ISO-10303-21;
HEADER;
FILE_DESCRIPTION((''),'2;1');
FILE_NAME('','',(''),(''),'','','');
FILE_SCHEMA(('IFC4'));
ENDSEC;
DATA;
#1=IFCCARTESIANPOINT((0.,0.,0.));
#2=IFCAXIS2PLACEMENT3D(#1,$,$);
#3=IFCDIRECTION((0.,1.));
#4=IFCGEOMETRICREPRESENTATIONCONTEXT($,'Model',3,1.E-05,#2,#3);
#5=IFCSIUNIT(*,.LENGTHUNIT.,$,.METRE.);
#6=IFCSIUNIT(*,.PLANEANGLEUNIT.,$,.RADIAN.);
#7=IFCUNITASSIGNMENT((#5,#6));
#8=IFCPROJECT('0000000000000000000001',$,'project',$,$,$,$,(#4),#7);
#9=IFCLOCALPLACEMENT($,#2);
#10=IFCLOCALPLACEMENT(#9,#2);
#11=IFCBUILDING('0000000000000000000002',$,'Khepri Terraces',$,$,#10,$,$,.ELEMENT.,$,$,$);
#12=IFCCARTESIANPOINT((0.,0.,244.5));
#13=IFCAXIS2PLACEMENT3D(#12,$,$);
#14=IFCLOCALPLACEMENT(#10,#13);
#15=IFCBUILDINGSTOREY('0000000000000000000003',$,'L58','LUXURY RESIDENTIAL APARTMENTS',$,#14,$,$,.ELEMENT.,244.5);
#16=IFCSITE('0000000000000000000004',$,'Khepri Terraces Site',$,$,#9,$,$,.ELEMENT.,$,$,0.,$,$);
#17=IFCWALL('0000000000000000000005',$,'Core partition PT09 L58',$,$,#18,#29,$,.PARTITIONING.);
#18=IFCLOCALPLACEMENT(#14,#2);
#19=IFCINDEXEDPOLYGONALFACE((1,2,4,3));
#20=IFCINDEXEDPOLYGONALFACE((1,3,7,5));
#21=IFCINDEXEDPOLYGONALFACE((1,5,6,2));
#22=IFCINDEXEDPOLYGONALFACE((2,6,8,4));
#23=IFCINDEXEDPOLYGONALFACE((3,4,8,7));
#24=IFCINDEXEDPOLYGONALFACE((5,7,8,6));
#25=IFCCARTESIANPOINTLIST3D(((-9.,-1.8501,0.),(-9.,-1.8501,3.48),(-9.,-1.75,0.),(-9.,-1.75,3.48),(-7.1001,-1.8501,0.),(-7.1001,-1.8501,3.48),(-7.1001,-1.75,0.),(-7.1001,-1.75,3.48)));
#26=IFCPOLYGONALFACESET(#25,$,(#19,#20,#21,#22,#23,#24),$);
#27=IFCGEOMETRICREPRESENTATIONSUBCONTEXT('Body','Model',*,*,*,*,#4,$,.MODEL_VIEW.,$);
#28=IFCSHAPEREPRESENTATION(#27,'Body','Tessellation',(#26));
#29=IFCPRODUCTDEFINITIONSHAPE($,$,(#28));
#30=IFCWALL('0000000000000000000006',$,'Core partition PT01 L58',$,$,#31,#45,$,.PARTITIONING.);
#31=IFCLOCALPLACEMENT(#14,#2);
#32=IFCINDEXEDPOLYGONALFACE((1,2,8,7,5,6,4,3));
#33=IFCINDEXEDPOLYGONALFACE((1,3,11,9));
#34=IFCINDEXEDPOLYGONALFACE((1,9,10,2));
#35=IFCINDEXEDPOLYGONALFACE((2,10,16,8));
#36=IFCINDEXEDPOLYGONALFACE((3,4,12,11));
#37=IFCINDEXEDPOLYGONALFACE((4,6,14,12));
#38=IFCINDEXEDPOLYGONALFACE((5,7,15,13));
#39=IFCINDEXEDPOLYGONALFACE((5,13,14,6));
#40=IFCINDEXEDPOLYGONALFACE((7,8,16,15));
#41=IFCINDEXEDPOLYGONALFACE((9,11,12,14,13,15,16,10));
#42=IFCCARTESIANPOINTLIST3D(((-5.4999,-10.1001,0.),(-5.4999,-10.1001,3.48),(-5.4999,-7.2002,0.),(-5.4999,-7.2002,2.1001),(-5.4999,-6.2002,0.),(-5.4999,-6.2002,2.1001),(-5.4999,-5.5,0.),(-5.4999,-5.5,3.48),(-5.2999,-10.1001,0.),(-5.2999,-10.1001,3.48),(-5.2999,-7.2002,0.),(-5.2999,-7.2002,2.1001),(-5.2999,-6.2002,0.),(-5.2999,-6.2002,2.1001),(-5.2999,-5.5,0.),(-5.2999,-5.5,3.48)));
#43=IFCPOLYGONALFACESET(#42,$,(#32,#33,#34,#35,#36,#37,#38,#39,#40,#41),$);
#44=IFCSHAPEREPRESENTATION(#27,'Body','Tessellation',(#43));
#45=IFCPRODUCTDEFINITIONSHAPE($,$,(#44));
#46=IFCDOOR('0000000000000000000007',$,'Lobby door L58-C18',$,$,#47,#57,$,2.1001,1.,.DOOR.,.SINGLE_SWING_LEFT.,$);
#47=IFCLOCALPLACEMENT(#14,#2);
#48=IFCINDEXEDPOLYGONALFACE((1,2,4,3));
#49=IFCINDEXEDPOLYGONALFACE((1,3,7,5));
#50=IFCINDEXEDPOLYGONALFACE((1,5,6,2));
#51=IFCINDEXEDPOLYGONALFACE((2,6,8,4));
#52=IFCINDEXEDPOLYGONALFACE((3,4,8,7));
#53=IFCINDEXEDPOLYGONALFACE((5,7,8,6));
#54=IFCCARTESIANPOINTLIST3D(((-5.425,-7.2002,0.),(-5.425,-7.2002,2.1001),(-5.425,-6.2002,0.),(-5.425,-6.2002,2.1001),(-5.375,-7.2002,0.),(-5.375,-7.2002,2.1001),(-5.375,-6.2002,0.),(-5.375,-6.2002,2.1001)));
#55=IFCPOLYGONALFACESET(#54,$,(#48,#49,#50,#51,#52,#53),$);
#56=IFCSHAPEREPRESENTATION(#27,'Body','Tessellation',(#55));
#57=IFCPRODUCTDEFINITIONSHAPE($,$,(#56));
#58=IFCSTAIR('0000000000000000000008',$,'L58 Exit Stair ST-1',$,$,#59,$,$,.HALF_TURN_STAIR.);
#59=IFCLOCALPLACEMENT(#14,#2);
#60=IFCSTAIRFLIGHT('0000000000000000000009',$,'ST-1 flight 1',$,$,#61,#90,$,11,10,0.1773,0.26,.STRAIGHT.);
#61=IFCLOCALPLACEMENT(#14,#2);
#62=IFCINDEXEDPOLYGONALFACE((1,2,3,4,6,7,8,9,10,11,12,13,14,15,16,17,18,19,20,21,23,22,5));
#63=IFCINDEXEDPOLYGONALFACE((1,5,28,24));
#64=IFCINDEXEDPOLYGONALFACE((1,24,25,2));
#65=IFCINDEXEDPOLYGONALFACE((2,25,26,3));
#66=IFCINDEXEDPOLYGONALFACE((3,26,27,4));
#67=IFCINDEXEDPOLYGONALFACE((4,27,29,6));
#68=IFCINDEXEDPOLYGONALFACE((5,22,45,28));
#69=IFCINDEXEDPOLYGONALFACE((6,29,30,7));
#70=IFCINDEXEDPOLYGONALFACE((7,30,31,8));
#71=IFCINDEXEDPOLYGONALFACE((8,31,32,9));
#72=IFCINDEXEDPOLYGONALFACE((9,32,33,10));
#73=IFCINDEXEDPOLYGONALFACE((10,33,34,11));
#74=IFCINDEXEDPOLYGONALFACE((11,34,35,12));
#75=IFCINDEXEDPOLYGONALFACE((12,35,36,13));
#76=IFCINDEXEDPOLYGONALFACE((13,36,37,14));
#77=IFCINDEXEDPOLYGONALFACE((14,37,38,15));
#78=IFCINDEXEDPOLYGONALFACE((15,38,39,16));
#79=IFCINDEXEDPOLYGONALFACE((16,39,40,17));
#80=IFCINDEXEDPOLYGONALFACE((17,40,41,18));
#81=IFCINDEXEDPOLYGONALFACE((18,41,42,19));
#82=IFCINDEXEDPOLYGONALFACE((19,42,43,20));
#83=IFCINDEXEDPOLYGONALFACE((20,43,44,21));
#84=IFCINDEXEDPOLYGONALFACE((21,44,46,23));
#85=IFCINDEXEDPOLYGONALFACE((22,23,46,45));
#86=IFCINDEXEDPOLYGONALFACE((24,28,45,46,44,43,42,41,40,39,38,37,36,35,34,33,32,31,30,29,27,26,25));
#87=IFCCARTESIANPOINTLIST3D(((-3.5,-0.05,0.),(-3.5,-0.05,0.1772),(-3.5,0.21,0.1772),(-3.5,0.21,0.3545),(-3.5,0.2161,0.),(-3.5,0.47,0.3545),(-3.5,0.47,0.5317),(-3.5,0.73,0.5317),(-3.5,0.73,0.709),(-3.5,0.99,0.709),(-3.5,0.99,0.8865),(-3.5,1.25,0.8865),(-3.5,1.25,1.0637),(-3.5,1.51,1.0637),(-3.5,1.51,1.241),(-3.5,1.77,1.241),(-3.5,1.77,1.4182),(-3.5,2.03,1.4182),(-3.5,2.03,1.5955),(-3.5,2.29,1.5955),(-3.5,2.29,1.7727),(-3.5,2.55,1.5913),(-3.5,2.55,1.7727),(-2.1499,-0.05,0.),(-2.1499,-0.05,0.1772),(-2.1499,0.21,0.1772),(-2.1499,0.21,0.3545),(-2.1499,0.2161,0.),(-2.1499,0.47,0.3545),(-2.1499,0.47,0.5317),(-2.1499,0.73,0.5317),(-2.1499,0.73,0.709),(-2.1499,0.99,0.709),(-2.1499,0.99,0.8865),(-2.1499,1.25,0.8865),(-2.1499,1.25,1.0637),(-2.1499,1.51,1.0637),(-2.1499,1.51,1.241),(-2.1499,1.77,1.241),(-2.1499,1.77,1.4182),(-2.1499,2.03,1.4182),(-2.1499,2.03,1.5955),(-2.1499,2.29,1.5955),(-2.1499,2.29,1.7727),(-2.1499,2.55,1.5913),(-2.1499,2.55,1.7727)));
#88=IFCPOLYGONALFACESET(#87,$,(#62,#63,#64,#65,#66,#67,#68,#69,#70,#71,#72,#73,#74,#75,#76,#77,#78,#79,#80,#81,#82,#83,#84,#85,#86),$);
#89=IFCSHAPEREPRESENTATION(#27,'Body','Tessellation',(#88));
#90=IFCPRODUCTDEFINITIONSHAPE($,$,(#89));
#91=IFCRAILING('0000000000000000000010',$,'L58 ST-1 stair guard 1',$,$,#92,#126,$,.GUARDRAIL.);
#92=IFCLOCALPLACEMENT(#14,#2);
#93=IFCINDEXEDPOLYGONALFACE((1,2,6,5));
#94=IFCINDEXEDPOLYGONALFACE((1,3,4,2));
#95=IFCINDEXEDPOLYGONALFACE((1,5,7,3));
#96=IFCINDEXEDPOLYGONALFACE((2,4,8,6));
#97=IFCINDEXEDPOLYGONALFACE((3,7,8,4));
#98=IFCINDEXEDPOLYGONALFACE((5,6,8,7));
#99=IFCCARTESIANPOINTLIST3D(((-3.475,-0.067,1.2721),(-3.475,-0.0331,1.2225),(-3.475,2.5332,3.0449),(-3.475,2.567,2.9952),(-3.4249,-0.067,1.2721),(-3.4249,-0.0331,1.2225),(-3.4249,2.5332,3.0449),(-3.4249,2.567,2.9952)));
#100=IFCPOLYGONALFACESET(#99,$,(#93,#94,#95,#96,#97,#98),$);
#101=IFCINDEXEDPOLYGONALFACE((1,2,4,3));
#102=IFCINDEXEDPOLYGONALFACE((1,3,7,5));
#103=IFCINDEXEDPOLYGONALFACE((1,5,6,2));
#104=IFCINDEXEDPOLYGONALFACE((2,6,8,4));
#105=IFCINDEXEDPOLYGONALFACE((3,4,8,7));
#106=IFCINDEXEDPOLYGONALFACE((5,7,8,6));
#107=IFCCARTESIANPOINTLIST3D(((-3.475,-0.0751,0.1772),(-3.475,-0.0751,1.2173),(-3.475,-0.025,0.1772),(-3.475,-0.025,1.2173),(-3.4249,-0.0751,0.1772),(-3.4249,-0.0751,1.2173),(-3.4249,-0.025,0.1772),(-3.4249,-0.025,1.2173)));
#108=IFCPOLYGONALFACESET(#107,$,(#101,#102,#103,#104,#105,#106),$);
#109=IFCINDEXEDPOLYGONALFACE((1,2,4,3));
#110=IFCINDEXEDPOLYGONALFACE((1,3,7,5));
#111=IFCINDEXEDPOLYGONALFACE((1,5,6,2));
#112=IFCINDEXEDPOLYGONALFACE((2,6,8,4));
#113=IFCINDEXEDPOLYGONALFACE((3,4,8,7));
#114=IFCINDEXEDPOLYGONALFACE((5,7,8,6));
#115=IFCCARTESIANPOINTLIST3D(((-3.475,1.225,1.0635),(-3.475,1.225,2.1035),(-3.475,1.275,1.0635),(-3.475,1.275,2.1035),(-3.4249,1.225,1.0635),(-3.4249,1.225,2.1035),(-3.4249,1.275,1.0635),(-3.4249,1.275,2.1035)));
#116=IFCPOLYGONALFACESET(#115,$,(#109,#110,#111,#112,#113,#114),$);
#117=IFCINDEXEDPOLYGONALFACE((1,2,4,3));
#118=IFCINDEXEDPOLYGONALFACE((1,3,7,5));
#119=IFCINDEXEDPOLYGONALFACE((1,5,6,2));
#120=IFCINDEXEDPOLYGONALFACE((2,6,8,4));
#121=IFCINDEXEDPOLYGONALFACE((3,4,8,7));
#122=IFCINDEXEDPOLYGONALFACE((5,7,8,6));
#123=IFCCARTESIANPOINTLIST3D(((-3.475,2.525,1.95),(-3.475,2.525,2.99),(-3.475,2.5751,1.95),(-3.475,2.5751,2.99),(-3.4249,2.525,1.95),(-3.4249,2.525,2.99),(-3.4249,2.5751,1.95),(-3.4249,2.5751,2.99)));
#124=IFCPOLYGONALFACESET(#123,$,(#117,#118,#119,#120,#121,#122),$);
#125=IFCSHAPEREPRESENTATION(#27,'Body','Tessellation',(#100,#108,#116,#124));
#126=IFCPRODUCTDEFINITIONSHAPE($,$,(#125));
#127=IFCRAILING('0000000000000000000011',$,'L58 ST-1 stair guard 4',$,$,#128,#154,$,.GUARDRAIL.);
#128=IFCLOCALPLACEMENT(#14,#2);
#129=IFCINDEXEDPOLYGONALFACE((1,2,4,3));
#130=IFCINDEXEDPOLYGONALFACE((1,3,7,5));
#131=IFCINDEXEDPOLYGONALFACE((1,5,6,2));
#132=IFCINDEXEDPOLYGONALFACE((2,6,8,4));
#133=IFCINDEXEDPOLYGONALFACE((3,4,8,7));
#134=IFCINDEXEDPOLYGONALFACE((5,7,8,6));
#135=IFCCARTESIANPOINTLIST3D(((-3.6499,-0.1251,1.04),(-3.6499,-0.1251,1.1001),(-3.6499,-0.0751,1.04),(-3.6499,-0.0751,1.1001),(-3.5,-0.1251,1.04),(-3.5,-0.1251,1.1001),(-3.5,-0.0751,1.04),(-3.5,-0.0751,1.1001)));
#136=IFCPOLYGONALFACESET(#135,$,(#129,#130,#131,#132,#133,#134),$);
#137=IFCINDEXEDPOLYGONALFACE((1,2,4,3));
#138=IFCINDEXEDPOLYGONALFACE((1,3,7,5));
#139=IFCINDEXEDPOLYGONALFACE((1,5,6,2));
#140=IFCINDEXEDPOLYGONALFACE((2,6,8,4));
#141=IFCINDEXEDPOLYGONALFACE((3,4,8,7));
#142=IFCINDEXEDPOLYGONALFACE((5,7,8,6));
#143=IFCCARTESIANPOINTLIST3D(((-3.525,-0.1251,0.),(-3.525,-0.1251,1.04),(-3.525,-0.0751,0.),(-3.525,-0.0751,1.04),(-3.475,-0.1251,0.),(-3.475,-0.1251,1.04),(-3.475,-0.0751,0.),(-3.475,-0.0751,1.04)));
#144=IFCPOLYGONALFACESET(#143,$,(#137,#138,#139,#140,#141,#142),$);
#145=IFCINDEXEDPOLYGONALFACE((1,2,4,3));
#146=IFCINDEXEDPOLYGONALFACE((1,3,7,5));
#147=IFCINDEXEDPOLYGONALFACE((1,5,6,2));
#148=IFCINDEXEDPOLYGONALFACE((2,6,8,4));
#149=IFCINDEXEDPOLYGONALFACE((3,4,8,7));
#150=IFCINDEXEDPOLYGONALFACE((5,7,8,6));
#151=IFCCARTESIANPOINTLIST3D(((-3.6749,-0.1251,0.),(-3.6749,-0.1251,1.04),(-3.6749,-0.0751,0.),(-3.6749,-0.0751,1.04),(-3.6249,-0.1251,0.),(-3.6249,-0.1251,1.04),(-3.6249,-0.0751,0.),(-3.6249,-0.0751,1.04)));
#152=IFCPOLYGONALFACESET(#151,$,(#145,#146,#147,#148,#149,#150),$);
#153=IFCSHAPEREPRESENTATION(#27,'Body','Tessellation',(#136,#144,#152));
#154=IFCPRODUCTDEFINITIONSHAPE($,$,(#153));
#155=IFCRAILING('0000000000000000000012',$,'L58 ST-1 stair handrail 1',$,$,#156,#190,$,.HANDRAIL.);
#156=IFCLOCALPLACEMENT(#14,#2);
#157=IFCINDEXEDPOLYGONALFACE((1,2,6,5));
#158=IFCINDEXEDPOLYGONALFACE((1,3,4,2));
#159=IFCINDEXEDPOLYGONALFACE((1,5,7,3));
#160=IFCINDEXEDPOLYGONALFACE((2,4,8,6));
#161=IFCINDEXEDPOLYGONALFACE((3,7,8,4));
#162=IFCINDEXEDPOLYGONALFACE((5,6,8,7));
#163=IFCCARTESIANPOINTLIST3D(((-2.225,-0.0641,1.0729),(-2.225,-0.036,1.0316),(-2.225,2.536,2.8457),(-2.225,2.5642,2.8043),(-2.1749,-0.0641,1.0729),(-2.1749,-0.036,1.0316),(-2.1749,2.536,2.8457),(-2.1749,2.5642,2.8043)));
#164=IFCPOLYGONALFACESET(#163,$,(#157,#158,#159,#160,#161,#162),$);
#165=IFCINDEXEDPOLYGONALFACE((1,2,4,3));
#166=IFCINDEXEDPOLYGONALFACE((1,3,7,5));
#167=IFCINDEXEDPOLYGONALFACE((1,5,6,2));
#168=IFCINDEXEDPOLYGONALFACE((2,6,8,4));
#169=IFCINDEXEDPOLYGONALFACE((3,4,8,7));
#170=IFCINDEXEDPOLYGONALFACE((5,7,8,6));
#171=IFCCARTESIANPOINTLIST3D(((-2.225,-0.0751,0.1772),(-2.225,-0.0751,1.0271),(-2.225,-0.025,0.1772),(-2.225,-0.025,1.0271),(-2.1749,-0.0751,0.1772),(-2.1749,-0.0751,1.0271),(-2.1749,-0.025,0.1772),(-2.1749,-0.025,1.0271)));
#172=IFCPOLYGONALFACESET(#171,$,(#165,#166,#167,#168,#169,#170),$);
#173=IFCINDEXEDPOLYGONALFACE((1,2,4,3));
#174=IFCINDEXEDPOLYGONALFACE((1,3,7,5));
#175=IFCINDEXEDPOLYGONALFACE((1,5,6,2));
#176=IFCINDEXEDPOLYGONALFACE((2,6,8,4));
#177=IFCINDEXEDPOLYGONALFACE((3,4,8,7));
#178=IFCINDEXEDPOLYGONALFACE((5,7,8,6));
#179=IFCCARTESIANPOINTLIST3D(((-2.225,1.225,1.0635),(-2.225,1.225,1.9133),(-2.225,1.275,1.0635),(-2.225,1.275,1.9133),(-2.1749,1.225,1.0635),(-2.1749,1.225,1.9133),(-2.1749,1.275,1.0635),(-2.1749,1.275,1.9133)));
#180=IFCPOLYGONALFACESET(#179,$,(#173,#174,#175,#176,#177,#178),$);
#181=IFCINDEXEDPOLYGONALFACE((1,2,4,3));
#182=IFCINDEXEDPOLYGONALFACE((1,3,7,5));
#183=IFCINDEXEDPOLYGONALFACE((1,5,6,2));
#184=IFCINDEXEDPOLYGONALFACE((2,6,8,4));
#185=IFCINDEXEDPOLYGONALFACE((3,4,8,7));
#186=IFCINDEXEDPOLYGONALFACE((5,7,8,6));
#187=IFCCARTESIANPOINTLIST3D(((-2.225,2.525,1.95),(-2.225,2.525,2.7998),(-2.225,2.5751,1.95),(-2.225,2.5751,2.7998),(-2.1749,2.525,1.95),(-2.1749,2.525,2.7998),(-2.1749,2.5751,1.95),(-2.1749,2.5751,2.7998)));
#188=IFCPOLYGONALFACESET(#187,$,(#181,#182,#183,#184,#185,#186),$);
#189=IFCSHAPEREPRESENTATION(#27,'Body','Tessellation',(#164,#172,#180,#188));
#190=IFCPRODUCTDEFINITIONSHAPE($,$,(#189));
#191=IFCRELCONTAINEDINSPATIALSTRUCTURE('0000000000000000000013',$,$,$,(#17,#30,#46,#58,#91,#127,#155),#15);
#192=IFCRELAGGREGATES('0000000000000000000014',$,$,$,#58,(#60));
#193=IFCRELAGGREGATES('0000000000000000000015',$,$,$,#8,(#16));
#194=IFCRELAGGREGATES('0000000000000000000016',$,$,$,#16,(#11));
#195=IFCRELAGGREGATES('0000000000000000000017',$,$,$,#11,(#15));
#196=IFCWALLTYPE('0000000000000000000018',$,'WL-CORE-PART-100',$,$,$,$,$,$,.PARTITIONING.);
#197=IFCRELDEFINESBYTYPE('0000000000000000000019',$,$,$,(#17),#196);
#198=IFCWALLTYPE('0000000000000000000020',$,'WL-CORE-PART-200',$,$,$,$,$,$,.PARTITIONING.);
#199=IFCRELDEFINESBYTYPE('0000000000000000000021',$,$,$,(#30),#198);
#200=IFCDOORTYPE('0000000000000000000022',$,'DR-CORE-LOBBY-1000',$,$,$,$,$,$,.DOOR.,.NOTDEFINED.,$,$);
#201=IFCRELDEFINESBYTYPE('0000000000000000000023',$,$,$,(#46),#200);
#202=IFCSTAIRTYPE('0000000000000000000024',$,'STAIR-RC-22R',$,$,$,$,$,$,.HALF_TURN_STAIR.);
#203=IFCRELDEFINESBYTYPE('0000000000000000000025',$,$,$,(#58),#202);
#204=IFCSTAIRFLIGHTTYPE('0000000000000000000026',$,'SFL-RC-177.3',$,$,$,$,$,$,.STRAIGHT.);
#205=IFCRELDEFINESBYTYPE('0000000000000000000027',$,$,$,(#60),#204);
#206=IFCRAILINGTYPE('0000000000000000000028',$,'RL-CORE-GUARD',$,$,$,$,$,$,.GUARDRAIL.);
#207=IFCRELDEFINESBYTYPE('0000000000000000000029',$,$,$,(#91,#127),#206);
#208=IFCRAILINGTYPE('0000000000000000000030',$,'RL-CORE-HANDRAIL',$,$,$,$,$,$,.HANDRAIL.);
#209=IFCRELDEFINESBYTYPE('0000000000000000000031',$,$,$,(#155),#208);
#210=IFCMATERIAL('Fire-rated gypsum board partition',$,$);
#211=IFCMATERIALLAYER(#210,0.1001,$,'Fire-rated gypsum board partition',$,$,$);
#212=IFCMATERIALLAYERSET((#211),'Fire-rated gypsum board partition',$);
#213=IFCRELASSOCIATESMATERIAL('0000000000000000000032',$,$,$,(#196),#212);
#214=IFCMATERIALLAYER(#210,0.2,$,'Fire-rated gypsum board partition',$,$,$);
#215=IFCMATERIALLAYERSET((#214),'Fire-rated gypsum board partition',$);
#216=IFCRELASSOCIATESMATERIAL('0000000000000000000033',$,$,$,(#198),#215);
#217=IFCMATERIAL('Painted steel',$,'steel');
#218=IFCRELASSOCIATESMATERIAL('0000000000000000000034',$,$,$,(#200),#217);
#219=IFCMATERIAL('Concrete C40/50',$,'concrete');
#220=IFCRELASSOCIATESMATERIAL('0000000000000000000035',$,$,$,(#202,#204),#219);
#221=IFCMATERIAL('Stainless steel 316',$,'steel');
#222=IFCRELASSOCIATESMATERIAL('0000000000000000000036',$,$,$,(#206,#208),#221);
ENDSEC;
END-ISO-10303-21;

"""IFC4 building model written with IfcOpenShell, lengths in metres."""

from ifc_helpers import new_model, si_unit, direction, frame, frame_2d, origin, origin_2d, place, context, subcontext, project, spatial, polyline, rectangle, outline, extrude, material, layer, layer_set, type_object, element, fill, aggregate, save


model = new_model("IFC4")

# Units and contexts
model_context = context("Model", 3, precision=1e-05, world=origin(), true_north=direction((0.0, 1.0)))
body_context = subcontext(model_context, "Body", "Model", "MODEL_VIEW")
ifc_project = project(units=[si_unit("LENGTHUNIT", "METRE"), si_unit("PLANEANGLEUNIT", "RADIAN")], contexts=[model_context])

# Site, building, storey
site_placement = place(None, origin())
site = spatial("IfcSite", under=ifc_project, at=site_placement, Name="Khepri Terraces Site", CompositionType="ELEMENT", RefElevation=0.0)
building_placement = place(site_placement, origin())
building = spatial("IfcBuilding", under=site, at=building_placement, Name="Khepri Terraces", CompositionType="ELEMENT")
storey_placement = place(building_placement, frame((0.0, 0.0, 244.5)))
storey = spatial("IfcBuildingStorey", under=building, at=storey_placement, Name="L58", Description="LUXURY RESIDENTIAL APARTMENTS", CompositionType="ELEMENT", Elevation=244.5)

# Shared definitions
ifc_material_1 = material(Name="Concrete C40/50", Category="concrete")

# Shared definitions
ifc_material_2 = material(Name="Painted steel", Category="steel")

# Shared definitions
ifc_material_3 = material(Name="Fire-rated gypsum board partition")
ifc_layer_1 = layer(ifc_material_3, 0.1001, Name="Fire-rated gypsum board partition")
ifc_layer_set_1 = layer_set([ifc_layer_1], Name="Fire-rated gypsum board partition")
wall_type_1 = type_object("IfcWallType", Name="WL-CORE-PART-100", PredefinedType="PARTITIONING", material=ifc_layer_set_1)

# Wall
for number, where, z_axis, x_axis, name in (
    (1, (-9.0, -1.8, 0.0), (0.0, 0.0, 1.0), (1.0, 0.0, 0.0), "Core partition PT09 L58"),
):
    element("IfcWall", number, at=place(storey_placement, frame(where, z_axis=z_axis, x_axis=x_axis)), inside=storey, type_object=wall_type_1, Name=name, PredefinedType="PARTITIONING", context=body_context, shape_type="SweptSolid", body=[
        extrude(rectangle(XDim=1.8999, YDim=0.1001, at=frame_2d((0.95, 0.0))), origin(), (0.0, 0.0, 1.0), 3.48),
    ])

# Wall, opening, door
ifc_layer_2 = layer(ifc_material_3, 0.2, Name="Fire-rated gypsum board partition")
ifc_layer_set_2 = layer_set([ifc_layer_2], Name="Fire-rated gypsum board partition")
wall_type_2 = type_object("IfcWallType", Name="WL-CORE-PART-200", PredefinedType="PARTITIONING", material=ifc_layer_set_2)
wall_1_placement = place(storey_placement, frame((-5.3999, -10.1001, 0.0), z_axis=(0.0, 0.0, 1.0), x_axis=(0.0, 1.0, 0.0)))
wall_1 = element("IfcWall", 2, at=wall_1_placement, inside=storey, type_object=wall_type_2, Name="Core partition PT01 L58", PredefinedType="PARTITIONING", context=body_context, shape_type="SweptSolid", body=[
    extrude(rectangle(XDim=4.6001, YDim=0.2, at=frame_2d((2.3, 0.0))), origin(), (0.0, 0.0, 1.0), 3.48),
])
opening_1_placement = place(wall_1_placement, frame((2.8999, 0.0, 0.0)))
opening_1 = element("IfcOpeningElement", 3, at=opening_1_placement, cuts=wall_1, PredefinedType="OPENING", context=body_context, shape_type="SweptSolid", body=[
    extrude(rectangle(XDim=1.0, YDim=2.1001, at=frame_2d((0.5, 1.05))), frame((0.0, 0.1099, 0.0), z_axis=(0.0, -1.0, 0.0), x_axis=(1.0, 0.0, 0.0)), (0.0, 0.0, 1.0), 0.22),
])
door_type_1 = type_object("IfcDoorType", Name="DR-CORE-LOBBY-1000", OperationType="NOTDEFINED", PredefinedType="DOOR", material=ifc_material_2)
door_1_placement = place(opening_1_placement, frame((1.0, 0.0, 0.0), z_axis=(0.0, 0.0, 1.0), x_axis=(-1.0, 0.0, 0.0)))
door_1 = element("IfcDoor", 4, at=door_1_placement, inside=storey, type_object=door_type_1, Name="Lobby door L58-C18", OperationType="SINGLE_SWING_LEFT", OverallHeight=2.1001, OverallWidth=1.0, PredefinedType="DOOR", context=body_context, shape_type="SweptSolid", body=[
    extrude(rectangle(XDim=1.0, YDim=2.1001, at=frame_2d((0.5, 1.05))), frame((0.0, 0.0249, 0.0), z_axis=(0.0, -1.0, 0.0), x_axis=(1.0, 0.0, 0.0)), (0.0, 0.0, 1.0), 0.05),
])
fill(opening_1, door_1)

# Stair, stair flight
stair_type = type_object("IfcStairType", Name="STAIR-RC-22R", PredefinedType="HALF_TURN_STAIR", material=ifc_material_1)
stair_placement = place(storey_placement, origin())
stair = element("IfcStair", 5, at=stair_placement, inside=storey, type_object=stair_type, Name="L58 Exit Stair ST-1", PredefinedType="HALF_TURN_STAIR")
stair_flight_type = type_object("IfcStairFlightType", Name="SFL-RC-177.3", PredefinedType="STRAIGHT", material=ifc_material_1)
stair_flight_placement = place(storey_placement, frame((-2.825, -0.05, 0.0), z_axis=(0.0, 0.0, 1.0), x_axis=(0.0, 1.0, 0.0)))
stair_flight = element("IfcStairFlight", 6, at=stair_flight_placement, type_object=stair_flight_type, Name="ST-1 flight 1", NumberOfRisers=11, NumberOfTreads=10, PredefinedType="STRAIGHT", RiserHeight=0.1773, TreadLength=0.26, context=body_context, shape_type="SweptSolid", body=[
    extrude(outline(polyline([(0.0, 0.0), (0.0, 0.1772), (0.26, 0.1772), (0.26, 0.3545), (0.52, 0.3545), (0.52, 0.5317), (0.78, 0.5317), (0.78, 0.709), (1.04, 0.709), (1.04, 0.8865), (1.3, 0.8865), (1.3, 1.0637), (1.5601, 1.0637), (1.5601, 1.241), (1.8201, 1.241), (1.8201, 1.4182), (2.0801, 1.4182), (2.0801, 1.5955), (2.3401, 1.5955), (2.3401, 1.7727), (2.6001, 1.7727), (2.6001, 1.95), (2.6001, 1.5913), (0.2661, 0.0), (0.0, 0.0)])), frame((0.0, 0.675, 0.0), z_axis=(0.0, -1.0, 0.0), x_axis=(1.0, 0.0, 0.0)), (0.0, 0.0, 1.0), 1.3501),
])
aggregate(stair, [stair_flight])

# Railings
ifc_material_4 = material(Name="Stainless steel 316", Category="steel")
railing_type_1 = type_object("IfcRailingType", Name="RL-CORE-GUARD", PredefinedType="GUARDRAIL", material=ifc_material_4)
railing_1_placement = place(storey_placement, frame((-3.45, -0.05, 0.1772)))
element("IfcRailing", 7, at=railing_1_placement, inside=storey, type_object=railing_type_1, Name="L58 ST-1 stair guard 1", PredefinedType="GUARDRAIL", context=body_context, shape_type="SweptSolid", body=[
    extrude(rectangle(XDim=0.05, YDim=0.0601, at=origin_2d()), frame((0.0, 0.0, 1.0701), z_axis=(0.0, 0.82624, 0.563318), x_axis=(-1.0, 0.0, 0.0)), (0.0, 0.0, 1.0), 3.147),
    extrude(rectangle(XDim=0.05, YDim=0.05, at=origin_2d()), origin(), (0.0, 0.0, 1.0), 1.04),
    extrude(rectangle(XDim=0.05, YDim=0.05, at=origin_2d()), frame((0.0, 1.3, 0.8862)), (0.0, 0.0, 1.0), 1.04),
    extrude(rectangle(XDim=0.05, YDim=0.05, at=origin_2d()), frame((0.0, 2.6001, 1.7727)), (0.0, 0.0, 1.0), 1.04),
])
railing_2_placement = place(storey_placement, frame((-3.5, -0.1001, 0.0)))
element("IfcRailing", 8, at=railing_2_placement, inside=storey, type_object=railing_type_1, Name="L58 ST-1 stair guard 4", PredefinedType="GUARDRAIL", context=body_context, shape_type="SweptSolid", body=[
    extrude(rectangle(XDim=0.05, YDim=0.0601, at=origin_2d()), frame((0.0, 0.0, 1.0701), z_axis=(-1.0, 0.0, 0.0), x_axis=(0.0, -1.0, 0.0)), (0.0, 0.0, 1.0), 0.1499),
    extrude(rectangle(XDim=0.05, YDim=0.05, at=origin_2d()), origin(), (0.0, 0.0, 1.0), 1.04),
    extrude(rectangle(XDim=0.05, YDim=0.05, at=origin_2d()), frame((-0.1499, 0.0, 0.0)), (0.0, 0.0, 1.0), 1.04),
])
railing_type_2 = type_object("IfcRailingType", Name="RL-CORE-HANDRAIL", PredefinedType="HANDRAIL", material=ifc_material_4)
railing_3_placement = place(storey_placement, frame((-2.2, -0.05, 0.1772)))
element("IfcRailing", 9, at=railing_3_placement, inside=storey, type_object=railing_type_2, Name="L58 ST-1 stair handrail 1", PredefinedType="HANDRAIL", context=body_context, shape_type="SweptSolid", body=[
    extrude(rectangle(XDim=0.05, YDim=0.05, at=origin_2d()), frame((0.0, 0.0, 0.875), z_axis=(0.0, 0.82624, 0.563318), x_axis=(-1.0, 0.0, 0.0)), (0.0, 0.0, 1.0), 3.147),
    extrude(rectangle(XDim=0.05, YDim=0.05, at=origin_2d()), origin(), (0.0, 0.0, 1.0), 0.8499),
    extrude(rectangle(XDim=0.05, YDim=0.05, at=origin_2d()), frame((0.0, 1.3, 0.8862)), (0.0, 0.0, 1.0), 0.8499),
    extrude(rectangle(XDim=0.05, YDim=0.05, at=origin_2d()), frame((0.0, 2.6001, 1.7727)), (0.0, 0.0, 1.0), 0.8499),
])

save(model, "model.ifc")
